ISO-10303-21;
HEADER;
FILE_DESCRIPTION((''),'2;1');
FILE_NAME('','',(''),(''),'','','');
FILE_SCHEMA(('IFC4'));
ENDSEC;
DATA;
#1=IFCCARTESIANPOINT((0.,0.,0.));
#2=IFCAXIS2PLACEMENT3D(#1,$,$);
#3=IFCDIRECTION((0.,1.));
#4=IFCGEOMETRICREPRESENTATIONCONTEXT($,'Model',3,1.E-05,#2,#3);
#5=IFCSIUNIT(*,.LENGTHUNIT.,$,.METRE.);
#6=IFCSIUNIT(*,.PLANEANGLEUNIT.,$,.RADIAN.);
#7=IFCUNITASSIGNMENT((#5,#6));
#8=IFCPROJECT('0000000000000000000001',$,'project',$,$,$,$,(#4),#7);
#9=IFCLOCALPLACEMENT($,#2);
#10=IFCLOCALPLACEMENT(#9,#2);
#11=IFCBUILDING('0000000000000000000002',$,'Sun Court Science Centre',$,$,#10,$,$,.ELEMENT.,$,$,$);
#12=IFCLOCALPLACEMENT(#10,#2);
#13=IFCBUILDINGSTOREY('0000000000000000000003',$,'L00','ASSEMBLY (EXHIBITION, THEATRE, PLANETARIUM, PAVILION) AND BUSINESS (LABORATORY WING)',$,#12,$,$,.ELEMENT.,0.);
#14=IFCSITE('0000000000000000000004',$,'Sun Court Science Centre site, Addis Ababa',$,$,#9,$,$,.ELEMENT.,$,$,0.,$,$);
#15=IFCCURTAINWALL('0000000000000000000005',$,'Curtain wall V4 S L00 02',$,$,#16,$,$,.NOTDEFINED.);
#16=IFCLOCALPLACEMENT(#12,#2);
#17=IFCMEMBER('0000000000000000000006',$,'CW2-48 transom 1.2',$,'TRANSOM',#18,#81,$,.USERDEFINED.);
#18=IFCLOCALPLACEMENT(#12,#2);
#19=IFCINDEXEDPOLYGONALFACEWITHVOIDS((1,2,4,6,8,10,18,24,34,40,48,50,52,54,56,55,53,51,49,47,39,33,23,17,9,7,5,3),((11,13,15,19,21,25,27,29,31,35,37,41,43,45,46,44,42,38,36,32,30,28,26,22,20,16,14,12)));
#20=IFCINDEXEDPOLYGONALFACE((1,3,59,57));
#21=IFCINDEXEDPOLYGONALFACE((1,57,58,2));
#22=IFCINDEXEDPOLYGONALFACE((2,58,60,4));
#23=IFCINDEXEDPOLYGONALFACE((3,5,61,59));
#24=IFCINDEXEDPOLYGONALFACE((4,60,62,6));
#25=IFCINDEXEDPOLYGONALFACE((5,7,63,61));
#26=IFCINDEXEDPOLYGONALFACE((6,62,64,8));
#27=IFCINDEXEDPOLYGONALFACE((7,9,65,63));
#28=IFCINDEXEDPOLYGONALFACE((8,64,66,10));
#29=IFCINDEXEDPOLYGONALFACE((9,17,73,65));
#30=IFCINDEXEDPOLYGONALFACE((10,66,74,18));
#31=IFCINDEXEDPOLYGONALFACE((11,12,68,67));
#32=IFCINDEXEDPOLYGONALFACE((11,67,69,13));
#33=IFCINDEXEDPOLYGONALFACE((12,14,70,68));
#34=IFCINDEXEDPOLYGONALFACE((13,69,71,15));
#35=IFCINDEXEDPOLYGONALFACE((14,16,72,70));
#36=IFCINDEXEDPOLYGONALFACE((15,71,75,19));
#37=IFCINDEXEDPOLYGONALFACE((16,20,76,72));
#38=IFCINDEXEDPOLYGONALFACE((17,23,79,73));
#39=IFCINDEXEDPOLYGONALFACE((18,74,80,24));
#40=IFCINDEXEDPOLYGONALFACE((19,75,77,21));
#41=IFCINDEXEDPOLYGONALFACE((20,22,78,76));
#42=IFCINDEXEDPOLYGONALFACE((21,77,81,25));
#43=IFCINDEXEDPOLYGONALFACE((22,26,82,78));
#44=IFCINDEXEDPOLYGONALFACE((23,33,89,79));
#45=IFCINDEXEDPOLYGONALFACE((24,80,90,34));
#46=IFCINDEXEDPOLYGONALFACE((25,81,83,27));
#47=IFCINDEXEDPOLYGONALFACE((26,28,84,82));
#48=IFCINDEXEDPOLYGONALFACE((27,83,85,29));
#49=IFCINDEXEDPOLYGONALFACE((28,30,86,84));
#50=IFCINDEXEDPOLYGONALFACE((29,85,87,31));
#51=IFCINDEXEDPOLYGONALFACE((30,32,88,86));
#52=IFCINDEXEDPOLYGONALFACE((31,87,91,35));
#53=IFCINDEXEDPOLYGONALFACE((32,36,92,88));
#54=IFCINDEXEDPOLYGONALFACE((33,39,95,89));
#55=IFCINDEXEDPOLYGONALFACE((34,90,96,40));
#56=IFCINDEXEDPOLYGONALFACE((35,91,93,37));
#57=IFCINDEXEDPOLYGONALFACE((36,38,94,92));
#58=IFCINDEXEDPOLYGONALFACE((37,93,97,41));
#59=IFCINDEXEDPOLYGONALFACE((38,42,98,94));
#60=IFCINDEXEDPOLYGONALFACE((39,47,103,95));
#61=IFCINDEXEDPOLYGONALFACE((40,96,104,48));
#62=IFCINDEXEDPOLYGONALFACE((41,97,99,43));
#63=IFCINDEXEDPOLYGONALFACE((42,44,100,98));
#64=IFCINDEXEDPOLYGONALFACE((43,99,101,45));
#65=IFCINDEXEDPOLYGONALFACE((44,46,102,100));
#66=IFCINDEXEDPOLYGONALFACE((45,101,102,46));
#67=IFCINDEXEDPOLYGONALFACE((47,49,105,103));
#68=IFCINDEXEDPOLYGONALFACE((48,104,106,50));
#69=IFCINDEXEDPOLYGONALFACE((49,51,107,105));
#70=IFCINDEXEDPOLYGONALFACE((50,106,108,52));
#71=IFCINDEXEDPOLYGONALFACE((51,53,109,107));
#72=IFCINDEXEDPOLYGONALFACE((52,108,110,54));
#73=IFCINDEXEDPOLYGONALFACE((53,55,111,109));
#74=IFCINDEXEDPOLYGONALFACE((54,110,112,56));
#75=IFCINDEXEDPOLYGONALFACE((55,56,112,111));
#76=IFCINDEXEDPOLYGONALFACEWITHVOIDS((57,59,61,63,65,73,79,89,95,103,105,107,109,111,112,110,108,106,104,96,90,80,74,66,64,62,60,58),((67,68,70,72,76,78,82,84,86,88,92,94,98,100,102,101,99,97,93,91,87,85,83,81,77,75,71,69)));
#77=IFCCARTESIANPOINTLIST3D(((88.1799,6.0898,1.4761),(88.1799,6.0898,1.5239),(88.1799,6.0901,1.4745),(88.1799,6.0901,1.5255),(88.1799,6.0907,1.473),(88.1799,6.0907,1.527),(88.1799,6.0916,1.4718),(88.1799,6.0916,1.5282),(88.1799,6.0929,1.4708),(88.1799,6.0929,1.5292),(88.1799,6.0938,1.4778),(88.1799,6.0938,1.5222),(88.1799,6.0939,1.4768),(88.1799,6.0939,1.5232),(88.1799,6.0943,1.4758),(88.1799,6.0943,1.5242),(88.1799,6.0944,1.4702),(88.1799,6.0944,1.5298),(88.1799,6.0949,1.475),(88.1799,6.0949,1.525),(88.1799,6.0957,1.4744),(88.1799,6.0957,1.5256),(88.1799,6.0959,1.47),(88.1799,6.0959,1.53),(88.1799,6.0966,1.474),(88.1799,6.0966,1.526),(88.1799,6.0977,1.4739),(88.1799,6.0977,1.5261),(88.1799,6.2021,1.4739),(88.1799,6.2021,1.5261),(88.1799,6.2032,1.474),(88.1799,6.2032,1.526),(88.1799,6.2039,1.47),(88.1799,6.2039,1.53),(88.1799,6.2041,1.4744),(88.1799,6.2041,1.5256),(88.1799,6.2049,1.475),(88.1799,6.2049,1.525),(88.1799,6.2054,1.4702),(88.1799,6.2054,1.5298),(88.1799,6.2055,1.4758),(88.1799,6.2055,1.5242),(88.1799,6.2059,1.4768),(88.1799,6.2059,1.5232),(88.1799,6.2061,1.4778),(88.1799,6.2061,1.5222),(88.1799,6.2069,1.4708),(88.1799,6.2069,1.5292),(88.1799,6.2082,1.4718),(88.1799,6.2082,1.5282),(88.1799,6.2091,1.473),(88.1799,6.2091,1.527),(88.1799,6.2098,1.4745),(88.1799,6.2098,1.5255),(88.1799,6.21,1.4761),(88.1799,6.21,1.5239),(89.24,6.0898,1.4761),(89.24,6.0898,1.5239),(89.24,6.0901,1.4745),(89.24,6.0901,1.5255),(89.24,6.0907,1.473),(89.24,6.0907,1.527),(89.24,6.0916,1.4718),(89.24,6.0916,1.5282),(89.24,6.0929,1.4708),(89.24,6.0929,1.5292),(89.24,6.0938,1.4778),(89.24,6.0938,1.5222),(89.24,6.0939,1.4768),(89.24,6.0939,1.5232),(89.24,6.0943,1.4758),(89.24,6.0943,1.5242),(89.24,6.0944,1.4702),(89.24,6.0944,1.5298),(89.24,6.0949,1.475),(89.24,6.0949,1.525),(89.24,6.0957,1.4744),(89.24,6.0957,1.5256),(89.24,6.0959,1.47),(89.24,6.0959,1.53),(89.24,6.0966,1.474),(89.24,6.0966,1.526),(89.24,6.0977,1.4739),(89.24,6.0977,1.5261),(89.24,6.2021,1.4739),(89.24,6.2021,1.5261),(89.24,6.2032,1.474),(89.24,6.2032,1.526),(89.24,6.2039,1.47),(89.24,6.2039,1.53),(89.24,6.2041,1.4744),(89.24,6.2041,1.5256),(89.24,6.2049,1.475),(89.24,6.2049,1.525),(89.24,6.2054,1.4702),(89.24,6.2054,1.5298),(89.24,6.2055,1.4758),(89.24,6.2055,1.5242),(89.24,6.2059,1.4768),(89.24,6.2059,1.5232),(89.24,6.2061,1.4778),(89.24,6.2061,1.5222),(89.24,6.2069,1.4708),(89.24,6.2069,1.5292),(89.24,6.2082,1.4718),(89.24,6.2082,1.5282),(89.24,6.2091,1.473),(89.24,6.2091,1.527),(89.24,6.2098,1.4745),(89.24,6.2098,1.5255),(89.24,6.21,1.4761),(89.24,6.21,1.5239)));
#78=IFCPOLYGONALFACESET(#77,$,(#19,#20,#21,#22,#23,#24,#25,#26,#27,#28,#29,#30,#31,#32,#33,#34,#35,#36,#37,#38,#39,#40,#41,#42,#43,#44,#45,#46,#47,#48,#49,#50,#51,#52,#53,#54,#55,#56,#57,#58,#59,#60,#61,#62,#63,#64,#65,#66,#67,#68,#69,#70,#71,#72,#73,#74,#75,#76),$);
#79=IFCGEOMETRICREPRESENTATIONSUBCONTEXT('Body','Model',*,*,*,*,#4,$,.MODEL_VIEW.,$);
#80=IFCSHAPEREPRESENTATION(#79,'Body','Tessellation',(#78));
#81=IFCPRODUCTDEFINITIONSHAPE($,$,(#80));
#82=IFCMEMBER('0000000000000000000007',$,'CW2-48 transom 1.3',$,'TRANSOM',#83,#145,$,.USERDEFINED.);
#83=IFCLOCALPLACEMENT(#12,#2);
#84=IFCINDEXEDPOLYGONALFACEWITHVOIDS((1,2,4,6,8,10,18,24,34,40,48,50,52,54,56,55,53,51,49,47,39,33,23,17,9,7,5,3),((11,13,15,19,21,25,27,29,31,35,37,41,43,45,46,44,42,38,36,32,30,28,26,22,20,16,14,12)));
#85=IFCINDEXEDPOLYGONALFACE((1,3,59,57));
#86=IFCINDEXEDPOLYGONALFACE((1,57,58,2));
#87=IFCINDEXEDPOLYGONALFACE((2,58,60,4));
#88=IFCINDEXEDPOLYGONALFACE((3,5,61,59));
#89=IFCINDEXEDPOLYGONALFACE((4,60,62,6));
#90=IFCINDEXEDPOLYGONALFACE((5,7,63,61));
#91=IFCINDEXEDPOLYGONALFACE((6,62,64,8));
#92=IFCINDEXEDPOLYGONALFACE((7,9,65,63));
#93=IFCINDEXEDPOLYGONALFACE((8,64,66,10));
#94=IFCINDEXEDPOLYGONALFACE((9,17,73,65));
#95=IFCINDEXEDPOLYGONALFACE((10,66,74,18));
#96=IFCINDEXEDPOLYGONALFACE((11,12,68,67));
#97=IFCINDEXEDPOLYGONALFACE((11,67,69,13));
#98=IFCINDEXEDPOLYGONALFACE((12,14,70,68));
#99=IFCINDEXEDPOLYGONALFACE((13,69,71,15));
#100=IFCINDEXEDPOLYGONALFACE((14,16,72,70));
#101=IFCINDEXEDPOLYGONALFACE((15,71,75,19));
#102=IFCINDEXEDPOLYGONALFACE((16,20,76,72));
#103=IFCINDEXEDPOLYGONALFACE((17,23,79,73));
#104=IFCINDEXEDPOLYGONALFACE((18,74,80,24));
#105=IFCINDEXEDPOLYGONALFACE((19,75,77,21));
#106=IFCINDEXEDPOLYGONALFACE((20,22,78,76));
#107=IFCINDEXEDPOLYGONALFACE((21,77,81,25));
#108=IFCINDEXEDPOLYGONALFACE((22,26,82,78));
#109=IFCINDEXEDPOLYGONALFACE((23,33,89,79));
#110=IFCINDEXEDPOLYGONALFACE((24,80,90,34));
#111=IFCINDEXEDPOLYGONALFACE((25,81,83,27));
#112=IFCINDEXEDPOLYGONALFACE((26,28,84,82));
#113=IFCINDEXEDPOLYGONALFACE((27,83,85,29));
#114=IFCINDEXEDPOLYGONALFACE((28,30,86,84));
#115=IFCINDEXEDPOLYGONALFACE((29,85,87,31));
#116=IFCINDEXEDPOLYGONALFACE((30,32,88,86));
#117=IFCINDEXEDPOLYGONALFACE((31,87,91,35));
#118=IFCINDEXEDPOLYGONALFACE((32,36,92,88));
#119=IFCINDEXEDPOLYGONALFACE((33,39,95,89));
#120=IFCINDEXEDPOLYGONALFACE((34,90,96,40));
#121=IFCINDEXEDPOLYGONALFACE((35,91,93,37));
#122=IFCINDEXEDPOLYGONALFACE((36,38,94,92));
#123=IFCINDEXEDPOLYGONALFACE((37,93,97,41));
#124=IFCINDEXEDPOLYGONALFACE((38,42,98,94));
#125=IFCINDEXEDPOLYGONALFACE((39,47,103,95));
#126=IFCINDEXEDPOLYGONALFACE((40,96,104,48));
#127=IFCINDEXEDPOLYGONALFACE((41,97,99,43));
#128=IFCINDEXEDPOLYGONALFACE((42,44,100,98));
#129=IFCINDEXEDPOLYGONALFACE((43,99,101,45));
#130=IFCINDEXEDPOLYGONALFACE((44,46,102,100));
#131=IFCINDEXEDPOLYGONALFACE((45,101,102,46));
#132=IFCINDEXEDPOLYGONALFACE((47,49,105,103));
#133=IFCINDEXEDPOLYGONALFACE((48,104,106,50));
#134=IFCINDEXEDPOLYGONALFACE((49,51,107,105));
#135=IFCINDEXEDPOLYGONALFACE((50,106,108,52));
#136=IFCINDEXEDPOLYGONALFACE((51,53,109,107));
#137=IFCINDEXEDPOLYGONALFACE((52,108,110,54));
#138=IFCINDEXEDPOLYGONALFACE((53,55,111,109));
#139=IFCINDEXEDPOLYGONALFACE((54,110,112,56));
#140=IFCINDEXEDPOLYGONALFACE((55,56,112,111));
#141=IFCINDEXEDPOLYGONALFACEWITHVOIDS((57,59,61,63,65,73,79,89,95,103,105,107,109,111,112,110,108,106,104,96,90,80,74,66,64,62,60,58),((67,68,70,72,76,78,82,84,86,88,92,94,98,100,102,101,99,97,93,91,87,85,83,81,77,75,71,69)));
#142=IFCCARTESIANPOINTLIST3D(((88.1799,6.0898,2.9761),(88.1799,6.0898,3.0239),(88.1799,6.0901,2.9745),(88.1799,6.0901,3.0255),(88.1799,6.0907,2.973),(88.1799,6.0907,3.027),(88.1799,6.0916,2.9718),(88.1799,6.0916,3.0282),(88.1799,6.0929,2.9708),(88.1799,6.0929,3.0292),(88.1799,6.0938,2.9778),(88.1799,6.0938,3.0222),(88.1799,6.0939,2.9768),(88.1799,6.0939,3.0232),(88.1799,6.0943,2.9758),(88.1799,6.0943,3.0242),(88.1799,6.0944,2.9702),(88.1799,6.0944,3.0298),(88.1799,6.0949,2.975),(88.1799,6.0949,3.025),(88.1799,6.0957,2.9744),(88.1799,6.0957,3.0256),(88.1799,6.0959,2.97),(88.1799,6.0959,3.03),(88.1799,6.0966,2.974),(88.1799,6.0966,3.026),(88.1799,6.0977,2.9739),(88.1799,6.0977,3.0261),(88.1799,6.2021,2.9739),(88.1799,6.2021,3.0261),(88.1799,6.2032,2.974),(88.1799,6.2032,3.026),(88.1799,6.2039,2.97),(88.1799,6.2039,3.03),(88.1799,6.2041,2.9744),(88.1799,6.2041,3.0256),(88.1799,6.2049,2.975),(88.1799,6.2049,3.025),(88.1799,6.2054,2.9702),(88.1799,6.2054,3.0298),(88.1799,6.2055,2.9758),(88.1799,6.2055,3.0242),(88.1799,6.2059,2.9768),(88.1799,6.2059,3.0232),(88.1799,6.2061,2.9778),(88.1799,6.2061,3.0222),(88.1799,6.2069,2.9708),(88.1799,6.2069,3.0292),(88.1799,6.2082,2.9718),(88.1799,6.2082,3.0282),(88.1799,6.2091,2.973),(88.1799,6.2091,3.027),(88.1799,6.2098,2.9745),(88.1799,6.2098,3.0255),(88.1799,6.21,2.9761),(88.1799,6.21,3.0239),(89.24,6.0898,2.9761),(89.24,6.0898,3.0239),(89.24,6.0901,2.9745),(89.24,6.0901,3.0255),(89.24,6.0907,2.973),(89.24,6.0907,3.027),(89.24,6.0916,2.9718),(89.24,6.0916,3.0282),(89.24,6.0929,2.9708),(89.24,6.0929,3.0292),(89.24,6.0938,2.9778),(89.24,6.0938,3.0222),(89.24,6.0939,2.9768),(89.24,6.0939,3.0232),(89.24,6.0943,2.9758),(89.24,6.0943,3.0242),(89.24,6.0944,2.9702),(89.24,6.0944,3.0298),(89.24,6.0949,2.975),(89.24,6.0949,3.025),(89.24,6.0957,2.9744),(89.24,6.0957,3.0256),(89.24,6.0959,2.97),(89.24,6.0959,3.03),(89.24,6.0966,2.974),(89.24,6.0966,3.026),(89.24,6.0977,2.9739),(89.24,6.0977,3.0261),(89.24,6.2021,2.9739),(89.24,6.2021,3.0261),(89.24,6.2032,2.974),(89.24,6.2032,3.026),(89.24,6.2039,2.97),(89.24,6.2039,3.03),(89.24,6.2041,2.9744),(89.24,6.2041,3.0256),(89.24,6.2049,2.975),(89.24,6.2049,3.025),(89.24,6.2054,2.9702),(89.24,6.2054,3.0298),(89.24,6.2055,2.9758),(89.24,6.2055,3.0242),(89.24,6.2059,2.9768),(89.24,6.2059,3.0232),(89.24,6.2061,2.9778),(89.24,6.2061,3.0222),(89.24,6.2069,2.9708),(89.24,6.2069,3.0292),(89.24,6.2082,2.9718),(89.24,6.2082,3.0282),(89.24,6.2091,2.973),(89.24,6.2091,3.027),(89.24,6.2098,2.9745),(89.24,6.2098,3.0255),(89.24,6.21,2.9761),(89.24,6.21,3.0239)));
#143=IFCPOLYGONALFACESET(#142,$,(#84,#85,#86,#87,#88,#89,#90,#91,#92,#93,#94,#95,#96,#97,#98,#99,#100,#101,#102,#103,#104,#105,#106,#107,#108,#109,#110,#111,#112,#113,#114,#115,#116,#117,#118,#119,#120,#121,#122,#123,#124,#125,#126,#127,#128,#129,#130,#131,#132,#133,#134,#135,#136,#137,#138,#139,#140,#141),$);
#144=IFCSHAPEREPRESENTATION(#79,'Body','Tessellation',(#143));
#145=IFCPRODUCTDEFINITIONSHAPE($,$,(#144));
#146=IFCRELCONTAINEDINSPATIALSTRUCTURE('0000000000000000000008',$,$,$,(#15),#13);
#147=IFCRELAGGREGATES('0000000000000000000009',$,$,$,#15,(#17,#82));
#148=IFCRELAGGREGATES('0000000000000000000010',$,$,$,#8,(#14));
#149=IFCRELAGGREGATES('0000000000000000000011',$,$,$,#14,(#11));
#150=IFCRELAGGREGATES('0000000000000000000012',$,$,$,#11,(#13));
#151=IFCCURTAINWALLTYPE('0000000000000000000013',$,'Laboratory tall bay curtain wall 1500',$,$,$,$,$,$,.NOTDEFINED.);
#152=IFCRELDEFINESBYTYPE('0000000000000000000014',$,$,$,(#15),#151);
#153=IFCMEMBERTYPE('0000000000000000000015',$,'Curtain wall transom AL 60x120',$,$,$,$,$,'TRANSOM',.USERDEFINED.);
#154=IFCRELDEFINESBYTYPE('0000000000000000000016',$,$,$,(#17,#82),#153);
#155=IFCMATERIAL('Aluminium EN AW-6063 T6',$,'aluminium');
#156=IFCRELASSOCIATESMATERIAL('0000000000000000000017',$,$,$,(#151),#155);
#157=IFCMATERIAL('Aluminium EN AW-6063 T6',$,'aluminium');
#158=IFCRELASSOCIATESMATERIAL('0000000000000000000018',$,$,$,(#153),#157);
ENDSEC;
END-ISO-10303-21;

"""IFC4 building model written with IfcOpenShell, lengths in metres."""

from ifc_helpers import new_model, si_unit, direction, frame, origin, origin_2d, place, context, subcontext, project, spatial, hollow_rectangle, extrude, material, material_profile, profile_set, type_object, element, aggregate, save


model = new_model("IFC4")

# Units and contexts
model_context = context("Model", 3, precision=1e-05, world=origin(), true_north=direction((0.0, 1.0)))
body_context = subcontext(model_context, "Body", "Model", "MODEL_VIEW")
ifc_project = project(units=[si_unit("LENGTHUNIT", "METRE"), si_unit("PLANEANGLEUNIT", "RADIAN")], contexts=[model_context])

# Site, building, storey
site_placement = place(None, origin())
site = spatial("IfcSite", under=ifc_project, at=site_placement, Name="Sun Court Science Centre site, Addis Ababa", CompositionType="ELEMENT", RefElevation=0.0)
building_placement = place(site_placement, origin())
building = spatial("IfcBuilding", under=site, at=building_placement, Name="Sun Court Science Centre", CompositionType="ELEMENT")
storey_placement = place(building_placement, origin())
storey = spatial("IfcBuildingStorey", under=building, at=storey_placement, Name="L00", Description="ASSEMBLY (EXHIBITION, THEATRE, PLANETARIUM, PAVILION) AND BUSINESS (LABORATORY WING)", CompositionType="ELEMENT", Elevation=0.0)

# Shared definitions
ifc_material_1 = material(Name="Aluminium EN AW-6063 T6", Category="aluminium")
curtain_wall_type = type_object("IfcCurtainWallType", Name="Laboratory tall bay curtain wall 1500", PredefinedType="NOTDEFINED", material=ifc_material_1)

# Curtain wall
curtain_wall_1_placement = place(storey_placement, origin())
curtain_wall_1 = element("IfcCurtainWall", 1, at=curtain_wall_1_placement, inside=storey, type_object=curtain_wall_type, Name="Curtain wall V4 S L00 02", PredefinedType="NOTDEFINED")

# Members
ifc_material_2 = material(Name="Aluminium EN AW-6063 T6", Category="aluminium")
ifc_material_profile_1 = material_profile(ifc_material_2, hollow_rectangle(XDim=0.0601, YDim=0.1201, WallThickness=0.0039, InnerFilletRadius=0.0039, OuterFilletRadius=0.0061, at=origin_2d()), Name="AL 60x120x4")
ifc_profile_set_1 = profile_set([ifc_material_profile_1], Name="Aluminium EN AW-6063 T6")
member_type_1 = type_object("IfcMemberType", Name="Curtain wall transom AL 60x120", ElementType="TRANSOM", PredefinedType="USERDEFINED", material=ifc_profile_set_1)
member_1_placement = place(storey_placement, frame((89.24, 6.1499, 1.5), z_axis=(-1.0, 0.0, 0.0), x_axis=(0.0, 0.0, 1.0)))
member_1 = element("IfcMember", 2, at=member_1_placement, type_object=member_type_1, Name="CW2-48 transom 1.2", ObjectType="TRANSOM", PredefinedType="USERDEFINED", context=body_context, shape_type="SweptSolid", body=[
    extrude(hollow_rectangle(XDim=0.0601, YDim=0.1201, WallThickness=0.0039, InnerFilletRadius=0.0039, OuterFilletRadius=0.0061, at=origin_2d()), origin(), (0.0, 0.0, 1.0), 1.0601),
])
member_2_placement = place(storey_placement, frame((89.24, 6.1499, 3.0), z_axis=(-1.0, 0.0, 0.0), x_axis=(0.0, 0.0, 1.0)))
member_2 = element("IfcMember", 3, at=member_2_placement, type_object=member_type_1, Name="CW2-48 transom 1.3", ObjectType="TRANSOM", PredefinedType="USERDEFINED", context=body_context, shape_type="SweptSolid", body=[
    extrude(hollow_rectangle(XDim=0.0601, YDim=0.1201, WallThickness=0.0039, InnerFilletRadius=0.0039, OuterFilletRadius=0.0061, at=origin_2d()), origin(), (0.0, 0.0, 1.0), 1.0601),
])

aggregate(curtain_wall_1, [member_1, member_2])

save(model, "model.ifc")
